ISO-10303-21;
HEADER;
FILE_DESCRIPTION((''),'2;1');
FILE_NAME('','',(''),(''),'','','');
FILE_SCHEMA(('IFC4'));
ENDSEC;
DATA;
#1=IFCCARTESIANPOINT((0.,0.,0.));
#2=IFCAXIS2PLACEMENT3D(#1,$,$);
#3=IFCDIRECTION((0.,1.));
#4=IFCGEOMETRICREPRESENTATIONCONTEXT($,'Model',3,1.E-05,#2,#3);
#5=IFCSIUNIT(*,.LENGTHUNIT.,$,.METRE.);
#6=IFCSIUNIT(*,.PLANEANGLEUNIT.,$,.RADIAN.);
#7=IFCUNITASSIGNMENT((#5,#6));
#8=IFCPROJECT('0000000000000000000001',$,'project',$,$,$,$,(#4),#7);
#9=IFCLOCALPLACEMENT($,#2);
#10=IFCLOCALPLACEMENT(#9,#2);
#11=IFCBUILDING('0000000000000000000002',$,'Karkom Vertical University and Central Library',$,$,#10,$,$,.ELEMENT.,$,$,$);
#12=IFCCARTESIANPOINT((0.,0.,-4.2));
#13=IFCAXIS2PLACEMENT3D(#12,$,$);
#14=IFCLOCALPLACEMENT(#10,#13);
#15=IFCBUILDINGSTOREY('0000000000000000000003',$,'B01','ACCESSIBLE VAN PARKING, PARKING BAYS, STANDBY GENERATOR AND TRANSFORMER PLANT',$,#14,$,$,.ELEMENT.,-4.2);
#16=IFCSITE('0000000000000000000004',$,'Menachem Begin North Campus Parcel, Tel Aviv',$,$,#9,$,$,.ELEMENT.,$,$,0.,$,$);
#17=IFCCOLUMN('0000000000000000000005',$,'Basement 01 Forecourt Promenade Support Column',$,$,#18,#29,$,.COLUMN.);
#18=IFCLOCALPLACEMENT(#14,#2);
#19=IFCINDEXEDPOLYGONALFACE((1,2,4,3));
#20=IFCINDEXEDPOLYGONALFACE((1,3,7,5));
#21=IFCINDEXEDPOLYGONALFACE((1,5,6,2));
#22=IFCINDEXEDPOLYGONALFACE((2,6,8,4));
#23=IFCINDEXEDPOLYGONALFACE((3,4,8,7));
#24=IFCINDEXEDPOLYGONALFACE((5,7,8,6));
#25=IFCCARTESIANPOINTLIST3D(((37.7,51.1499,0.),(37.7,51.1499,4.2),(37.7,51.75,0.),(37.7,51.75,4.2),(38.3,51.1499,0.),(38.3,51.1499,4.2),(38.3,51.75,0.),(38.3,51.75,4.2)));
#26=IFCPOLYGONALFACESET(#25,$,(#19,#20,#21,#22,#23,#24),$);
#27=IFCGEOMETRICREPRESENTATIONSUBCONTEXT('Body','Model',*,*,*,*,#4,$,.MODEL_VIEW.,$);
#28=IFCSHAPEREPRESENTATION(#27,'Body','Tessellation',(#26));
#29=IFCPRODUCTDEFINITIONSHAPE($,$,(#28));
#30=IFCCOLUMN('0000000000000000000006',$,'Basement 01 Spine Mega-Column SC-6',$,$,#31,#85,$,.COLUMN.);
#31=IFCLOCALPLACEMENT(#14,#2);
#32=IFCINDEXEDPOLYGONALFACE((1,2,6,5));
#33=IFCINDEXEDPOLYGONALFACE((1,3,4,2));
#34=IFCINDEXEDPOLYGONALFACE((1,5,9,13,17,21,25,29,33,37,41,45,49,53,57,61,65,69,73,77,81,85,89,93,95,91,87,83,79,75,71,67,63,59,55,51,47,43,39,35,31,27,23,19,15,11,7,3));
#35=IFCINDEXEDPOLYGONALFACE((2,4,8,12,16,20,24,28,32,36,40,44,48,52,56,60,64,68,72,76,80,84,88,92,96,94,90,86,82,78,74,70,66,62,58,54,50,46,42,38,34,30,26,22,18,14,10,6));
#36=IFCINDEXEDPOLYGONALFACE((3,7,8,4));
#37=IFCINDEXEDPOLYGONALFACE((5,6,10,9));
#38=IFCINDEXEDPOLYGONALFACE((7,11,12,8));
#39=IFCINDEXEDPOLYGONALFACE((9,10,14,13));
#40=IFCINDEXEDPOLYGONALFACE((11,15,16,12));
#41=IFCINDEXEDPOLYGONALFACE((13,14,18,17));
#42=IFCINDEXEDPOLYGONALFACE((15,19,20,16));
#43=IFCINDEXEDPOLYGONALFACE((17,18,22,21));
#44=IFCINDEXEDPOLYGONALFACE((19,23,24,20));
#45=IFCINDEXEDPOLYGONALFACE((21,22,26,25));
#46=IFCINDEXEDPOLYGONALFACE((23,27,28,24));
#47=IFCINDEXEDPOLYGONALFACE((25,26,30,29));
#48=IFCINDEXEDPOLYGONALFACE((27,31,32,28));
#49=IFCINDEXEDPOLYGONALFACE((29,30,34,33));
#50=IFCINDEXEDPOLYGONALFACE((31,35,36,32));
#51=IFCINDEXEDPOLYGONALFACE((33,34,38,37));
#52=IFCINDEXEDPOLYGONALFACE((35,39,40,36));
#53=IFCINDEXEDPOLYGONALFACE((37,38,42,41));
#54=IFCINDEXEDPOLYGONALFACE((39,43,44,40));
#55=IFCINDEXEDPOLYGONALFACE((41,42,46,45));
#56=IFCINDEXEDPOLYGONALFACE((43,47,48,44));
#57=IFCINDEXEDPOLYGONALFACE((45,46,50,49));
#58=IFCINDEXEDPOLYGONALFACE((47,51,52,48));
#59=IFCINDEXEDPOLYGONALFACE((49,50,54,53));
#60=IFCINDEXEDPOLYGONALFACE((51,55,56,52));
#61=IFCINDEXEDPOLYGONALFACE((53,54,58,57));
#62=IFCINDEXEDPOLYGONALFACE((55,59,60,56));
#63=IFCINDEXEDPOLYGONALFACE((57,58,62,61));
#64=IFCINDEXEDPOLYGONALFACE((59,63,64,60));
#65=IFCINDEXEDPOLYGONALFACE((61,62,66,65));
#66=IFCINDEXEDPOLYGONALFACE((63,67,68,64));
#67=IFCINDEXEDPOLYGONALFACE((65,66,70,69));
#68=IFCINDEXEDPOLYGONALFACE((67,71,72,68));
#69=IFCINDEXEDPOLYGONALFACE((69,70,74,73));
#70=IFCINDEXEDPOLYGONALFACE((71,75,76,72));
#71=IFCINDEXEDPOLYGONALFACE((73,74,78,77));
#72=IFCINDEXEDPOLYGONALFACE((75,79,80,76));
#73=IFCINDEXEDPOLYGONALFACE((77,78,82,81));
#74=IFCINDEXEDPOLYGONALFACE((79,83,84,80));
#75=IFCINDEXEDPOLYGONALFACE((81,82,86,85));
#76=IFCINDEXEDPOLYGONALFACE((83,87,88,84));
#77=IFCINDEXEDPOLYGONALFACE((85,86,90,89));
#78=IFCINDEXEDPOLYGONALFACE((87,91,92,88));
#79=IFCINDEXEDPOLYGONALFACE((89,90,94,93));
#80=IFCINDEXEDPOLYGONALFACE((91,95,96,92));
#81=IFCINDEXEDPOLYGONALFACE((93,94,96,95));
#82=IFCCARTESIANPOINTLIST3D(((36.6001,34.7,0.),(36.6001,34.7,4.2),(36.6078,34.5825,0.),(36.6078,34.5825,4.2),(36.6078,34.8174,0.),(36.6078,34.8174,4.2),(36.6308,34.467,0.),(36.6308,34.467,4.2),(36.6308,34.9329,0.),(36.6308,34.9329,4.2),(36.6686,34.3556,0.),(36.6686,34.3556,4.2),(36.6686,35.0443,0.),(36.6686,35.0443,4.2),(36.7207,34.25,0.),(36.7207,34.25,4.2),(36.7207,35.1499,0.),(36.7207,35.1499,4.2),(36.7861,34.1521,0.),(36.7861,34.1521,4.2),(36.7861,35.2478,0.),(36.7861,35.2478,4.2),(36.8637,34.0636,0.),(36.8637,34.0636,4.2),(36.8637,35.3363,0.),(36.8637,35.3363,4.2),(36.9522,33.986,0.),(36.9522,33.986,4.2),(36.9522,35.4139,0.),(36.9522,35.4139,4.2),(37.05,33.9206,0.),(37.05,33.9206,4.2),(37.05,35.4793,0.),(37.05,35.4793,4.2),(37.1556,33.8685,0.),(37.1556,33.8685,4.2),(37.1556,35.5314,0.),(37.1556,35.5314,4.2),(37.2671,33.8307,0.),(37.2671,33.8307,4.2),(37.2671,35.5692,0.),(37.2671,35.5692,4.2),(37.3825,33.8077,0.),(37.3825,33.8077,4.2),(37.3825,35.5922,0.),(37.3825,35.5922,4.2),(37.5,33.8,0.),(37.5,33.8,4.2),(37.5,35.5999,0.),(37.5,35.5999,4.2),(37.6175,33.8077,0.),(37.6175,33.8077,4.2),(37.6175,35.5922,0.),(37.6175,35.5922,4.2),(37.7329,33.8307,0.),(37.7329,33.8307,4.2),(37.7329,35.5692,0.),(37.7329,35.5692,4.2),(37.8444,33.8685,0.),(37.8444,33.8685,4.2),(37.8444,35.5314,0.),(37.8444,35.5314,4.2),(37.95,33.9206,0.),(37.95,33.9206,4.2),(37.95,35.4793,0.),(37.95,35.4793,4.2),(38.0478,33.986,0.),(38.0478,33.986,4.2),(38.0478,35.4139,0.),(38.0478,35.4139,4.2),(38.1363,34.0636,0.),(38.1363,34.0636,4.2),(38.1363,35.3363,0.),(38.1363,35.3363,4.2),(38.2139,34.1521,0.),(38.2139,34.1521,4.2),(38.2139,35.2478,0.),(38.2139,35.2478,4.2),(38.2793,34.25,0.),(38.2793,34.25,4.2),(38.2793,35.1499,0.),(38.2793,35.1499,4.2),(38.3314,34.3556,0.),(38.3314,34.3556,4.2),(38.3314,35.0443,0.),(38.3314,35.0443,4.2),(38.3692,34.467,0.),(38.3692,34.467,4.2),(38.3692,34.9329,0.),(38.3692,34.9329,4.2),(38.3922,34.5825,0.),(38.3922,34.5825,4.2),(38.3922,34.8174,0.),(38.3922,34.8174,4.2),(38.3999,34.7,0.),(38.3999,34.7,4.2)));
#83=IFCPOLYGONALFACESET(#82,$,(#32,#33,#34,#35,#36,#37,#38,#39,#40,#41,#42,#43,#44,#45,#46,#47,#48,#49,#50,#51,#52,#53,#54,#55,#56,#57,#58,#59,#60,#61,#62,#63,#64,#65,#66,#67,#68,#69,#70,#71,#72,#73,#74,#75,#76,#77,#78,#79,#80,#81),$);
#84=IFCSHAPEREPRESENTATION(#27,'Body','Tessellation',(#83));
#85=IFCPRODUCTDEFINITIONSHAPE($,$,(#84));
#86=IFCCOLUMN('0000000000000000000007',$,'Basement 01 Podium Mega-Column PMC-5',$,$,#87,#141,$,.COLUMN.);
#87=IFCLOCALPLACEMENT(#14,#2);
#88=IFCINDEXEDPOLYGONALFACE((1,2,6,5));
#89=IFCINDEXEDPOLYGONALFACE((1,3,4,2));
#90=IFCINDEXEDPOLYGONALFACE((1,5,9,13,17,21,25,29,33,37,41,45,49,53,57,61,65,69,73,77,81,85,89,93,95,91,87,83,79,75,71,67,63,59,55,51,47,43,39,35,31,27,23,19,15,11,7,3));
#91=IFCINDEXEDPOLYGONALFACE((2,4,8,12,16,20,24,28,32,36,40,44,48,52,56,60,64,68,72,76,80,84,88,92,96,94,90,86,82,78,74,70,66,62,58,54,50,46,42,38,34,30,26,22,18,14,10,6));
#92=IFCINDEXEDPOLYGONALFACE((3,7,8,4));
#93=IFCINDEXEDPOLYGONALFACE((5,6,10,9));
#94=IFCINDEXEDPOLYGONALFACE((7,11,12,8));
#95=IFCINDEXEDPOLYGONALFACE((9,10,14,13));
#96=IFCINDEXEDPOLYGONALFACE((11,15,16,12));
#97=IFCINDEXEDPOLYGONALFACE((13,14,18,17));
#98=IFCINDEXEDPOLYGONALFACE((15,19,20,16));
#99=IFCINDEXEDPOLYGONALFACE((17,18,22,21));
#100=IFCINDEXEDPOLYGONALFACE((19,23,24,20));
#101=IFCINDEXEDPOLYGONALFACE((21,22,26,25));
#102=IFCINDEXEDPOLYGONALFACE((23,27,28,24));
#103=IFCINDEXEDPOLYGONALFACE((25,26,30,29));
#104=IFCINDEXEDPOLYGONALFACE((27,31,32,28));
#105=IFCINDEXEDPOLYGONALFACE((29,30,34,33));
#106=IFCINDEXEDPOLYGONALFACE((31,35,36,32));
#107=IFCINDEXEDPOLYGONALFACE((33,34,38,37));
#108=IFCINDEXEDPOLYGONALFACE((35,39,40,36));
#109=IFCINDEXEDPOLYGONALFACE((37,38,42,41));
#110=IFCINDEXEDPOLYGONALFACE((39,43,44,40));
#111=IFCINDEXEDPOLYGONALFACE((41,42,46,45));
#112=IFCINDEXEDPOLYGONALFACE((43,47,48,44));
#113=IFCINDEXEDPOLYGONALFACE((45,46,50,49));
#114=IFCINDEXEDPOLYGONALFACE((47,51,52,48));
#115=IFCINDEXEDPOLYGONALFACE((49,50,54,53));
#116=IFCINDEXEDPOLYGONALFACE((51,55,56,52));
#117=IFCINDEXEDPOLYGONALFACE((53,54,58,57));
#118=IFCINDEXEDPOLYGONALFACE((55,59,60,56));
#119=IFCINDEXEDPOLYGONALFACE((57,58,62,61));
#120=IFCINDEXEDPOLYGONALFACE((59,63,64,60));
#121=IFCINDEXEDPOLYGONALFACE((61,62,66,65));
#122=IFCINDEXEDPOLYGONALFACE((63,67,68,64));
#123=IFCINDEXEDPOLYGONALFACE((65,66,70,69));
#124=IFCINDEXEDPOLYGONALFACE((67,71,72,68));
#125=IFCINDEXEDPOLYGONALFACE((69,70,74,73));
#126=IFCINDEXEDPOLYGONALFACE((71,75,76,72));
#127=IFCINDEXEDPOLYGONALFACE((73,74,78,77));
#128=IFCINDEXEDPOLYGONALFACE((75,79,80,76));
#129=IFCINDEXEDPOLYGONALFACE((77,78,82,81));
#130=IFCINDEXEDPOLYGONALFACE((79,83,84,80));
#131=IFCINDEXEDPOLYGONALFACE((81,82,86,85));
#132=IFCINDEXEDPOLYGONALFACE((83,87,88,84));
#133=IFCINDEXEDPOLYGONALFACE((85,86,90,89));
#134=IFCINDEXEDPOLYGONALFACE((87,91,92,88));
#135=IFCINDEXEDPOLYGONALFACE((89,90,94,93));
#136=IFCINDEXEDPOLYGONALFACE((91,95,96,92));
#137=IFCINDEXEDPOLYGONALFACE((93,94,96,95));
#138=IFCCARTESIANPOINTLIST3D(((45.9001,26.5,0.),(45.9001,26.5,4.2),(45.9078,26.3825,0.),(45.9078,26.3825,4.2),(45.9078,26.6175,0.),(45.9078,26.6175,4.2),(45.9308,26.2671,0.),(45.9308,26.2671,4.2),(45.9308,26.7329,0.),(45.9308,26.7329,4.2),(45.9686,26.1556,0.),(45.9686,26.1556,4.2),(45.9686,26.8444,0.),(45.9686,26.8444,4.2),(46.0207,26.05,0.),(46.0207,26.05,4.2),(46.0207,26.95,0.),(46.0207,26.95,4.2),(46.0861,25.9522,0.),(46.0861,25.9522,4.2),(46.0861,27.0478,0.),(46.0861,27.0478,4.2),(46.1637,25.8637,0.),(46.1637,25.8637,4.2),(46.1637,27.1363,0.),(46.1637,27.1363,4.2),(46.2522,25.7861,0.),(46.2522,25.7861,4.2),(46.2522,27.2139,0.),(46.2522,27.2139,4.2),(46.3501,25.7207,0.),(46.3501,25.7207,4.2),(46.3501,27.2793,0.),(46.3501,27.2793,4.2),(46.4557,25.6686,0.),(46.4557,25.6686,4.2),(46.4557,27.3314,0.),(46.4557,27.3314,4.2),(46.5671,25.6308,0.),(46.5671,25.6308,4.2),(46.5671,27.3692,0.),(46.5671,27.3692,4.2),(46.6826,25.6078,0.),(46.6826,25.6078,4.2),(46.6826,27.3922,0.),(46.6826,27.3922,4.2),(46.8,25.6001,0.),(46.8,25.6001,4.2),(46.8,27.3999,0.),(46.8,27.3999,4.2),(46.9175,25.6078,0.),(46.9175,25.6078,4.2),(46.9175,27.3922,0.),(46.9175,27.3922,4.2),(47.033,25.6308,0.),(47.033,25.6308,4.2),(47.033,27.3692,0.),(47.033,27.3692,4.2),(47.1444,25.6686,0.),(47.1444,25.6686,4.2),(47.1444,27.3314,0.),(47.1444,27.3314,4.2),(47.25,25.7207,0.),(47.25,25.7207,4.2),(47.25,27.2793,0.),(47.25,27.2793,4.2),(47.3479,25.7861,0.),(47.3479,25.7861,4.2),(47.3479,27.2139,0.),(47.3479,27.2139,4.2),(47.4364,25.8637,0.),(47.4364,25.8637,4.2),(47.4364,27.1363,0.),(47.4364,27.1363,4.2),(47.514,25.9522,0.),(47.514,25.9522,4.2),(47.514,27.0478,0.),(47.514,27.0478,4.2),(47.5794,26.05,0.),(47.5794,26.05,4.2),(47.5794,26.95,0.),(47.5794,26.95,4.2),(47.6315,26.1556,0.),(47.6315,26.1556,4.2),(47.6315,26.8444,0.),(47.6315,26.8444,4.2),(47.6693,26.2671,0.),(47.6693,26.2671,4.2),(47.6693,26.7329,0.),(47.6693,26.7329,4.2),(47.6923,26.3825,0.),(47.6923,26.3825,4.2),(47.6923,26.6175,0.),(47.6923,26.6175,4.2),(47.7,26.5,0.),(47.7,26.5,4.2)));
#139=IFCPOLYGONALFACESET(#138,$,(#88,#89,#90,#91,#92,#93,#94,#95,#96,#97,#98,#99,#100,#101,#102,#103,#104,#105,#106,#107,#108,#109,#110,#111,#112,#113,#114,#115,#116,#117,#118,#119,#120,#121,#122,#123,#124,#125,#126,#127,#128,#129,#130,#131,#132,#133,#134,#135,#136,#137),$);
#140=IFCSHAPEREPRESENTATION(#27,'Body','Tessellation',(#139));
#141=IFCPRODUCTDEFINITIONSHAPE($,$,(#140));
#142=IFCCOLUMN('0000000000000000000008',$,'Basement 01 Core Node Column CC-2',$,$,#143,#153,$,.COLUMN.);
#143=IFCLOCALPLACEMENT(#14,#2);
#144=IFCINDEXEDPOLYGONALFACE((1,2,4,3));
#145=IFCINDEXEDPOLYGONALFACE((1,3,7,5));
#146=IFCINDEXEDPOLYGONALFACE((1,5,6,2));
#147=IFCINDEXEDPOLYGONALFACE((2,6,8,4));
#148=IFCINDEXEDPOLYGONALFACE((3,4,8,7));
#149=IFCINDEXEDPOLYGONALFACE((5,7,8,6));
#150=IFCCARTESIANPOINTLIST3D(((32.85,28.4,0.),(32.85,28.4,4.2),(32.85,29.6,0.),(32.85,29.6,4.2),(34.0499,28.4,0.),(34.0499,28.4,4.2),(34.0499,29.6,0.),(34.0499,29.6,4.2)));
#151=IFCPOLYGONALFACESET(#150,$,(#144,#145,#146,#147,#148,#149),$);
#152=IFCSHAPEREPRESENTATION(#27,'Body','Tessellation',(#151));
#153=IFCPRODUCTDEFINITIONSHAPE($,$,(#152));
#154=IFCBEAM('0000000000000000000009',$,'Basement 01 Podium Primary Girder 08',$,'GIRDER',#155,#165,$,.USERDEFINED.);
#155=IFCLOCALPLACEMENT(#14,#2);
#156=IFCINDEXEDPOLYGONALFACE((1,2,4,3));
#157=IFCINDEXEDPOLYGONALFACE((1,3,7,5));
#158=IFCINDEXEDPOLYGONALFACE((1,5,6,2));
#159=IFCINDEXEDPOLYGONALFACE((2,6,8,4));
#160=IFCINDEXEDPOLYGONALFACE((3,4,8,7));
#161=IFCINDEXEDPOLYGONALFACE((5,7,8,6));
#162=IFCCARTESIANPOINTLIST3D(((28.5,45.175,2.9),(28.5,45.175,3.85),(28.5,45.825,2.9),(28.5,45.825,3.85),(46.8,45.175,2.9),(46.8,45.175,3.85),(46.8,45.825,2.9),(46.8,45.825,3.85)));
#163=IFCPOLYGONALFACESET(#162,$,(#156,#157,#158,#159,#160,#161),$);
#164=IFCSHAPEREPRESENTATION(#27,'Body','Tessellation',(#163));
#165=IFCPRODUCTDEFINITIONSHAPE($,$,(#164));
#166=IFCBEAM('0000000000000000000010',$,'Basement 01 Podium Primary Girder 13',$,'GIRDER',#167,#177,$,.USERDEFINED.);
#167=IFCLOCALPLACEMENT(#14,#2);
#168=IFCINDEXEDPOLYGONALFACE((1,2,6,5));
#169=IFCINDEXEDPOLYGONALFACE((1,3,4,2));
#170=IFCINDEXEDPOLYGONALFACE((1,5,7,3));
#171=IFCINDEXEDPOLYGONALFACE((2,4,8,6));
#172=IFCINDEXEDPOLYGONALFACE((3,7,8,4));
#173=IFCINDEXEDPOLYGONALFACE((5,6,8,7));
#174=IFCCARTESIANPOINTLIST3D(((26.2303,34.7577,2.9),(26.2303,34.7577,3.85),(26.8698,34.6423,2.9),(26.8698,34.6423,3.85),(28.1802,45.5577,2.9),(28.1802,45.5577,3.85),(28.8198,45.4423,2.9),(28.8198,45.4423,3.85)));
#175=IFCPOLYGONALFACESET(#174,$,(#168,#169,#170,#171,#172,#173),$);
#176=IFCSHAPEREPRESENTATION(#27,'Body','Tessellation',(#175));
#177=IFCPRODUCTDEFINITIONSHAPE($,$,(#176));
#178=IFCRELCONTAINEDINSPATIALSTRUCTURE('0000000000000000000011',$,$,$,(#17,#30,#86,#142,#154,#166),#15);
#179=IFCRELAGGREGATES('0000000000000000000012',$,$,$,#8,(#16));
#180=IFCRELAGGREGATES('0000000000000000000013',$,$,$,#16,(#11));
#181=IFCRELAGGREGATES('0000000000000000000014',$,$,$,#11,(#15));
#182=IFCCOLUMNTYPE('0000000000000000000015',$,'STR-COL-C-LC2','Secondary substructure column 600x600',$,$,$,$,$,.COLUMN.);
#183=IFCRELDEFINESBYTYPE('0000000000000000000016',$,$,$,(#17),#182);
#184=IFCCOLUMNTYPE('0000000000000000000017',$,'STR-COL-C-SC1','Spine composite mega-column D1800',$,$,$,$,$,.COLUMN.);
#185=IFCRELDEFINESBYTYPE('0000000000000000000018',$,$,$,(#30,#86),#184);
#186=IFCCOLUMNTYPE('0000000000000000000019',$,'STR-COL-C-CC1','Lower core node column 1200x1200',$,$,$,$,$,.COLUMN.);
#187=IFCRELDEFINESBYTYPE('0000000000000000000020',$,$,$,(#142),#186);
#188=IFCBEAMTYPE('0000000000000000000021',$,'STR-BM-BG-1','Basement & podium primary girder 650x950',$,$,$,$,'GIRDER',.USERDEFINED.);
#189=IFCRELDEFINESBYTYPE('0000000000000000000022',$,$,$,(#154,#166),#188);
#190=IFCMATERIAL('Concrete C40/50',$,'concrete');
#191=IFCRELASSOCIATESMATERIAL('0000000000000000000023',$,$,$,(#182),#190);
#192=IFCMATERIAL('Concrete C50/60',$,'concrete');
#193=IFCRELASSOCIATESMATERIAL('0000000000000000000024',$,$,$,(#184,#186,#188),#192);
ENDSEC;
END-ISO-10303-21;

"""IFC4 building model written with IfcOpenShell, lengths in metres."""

from ifc_helpers import new_model, si_unit, direction, frame, origin, origin_with_axes, origin_2d, place, context, subcontext, project, spatial, rectangle, circle, extrude, source, transform, mapped, material, material_profile, profile_set, type_object, element, save


model = new_model("IFC4")

# Units and contexts
model_context = context("Model", 3, precision=1e-05, world=origin(), true_north=direction((0.0, 1.0)))
body_context = subcontext(model_context, "Body", "Model", "MODEL_VIEW")
ifc_project = project(units=[si_unit("LENGTHUNIT", "METRE"), si_unit("PLANEANGLEUNIT", "RADIAN")], contexts=[model_context])

# Site, building, storey
site_placement = place(None, origin())
site = spatial("IfcSite", under=ifc_project, at=site_placement, Name="Menachem Begin North Campus Parcel, Tel Aviv", CompositionType="ELEMENT", RefElevation=0.0)
building_placement = place(site_placement, origin())
building = spatial("IfcBuilding", under=site, at=building_placement, Name="Karkom Vertical University and Central Library", CompositionType="ELEMENT")
storey_placement = place(building_placement, frame((0.0, 0.0, -4.2)))
storey = spatial("IfcBuildingStorey", under=building, at=storey_placement, Name="B01", Description="ACCESSIBLE VAN PARKING, PARKING BAYS, STANDBY GENERATOR AND TRANSFORMER PLANT", CompositionType="ELEMENT", Elevation=-4.2)

# Columns
ifc_material_1 = material(Name="Concrete C40/50", Category="concrete")
ifc_material_profile_1 = material_profile(ifc_material_1, rectangle(XDim=0.6001, YDim=0.6001, at=origin_2d()), Name="RC-600x600")
ifc_profile_set_1 = profile_set([ifc_material_profile_1], Name="Concrete C40/50")
column_type_1 = type_object("IfcColumnType", Name="STR-COL-C-LC2", Description="Secondary substructure column 600x600", PredefinedType="COLUMN", material=ifc_profile_set_1)
shared_shape_1 = source(origin_with_axes(), body_context, "Body", "SweptSolid", [
    extrude(rectangle(XDim=0.6001, YDim=0.6001, at=origin_2d()), origin(), (0.0, 0.0, 1.0), 4.2),
])
column_1_placement = place(storey_placement, frame((38.0, 51.45, 0.0), z_axis=(0.0, 0.0, 1.0), x_axis=(1.0, 0.0, 0.0)))
element("IfcColumn", 1, at=column_1_placement, inside=storey, type_object=column_type_1, Name="Basement 01 Forecourt Promenade Support Column", PredefinedType="COLUMN", context=body_context, shape_type="MappedRepresentation", body=[
    mapped(shared_shape_1, transform((0.0, 0.0, 0.0), scale=1.0)),
])
ifc_material_2 = material(Name="Concrete C50/60", Category="concrete")
ifc_material_profile_2 = material_profile(ifc_material_2, circle(Radius=0.8999, at=origin_2d()), Name="CFT-D1800")
ifc_profile_set_2 = profile_set([ifc_material_profile_2], Name="Concrete C50/60")
column_type_2 = type_object("IfcColumnType", Name="STR-COL-C-SC1", Description="Spine composite mega-column D1800", PredefinedType="COLUMN", material=ifc_profile_set_2)
shared_shape_2 = source(origin_with_axes(), body_context, "Body", "SweptSolid", [
    extrude(circle(Radius=0.8999, at=origin_2d()), origin(), (0.0, 0.0, 1.0), 4.2),
])
for number, where, z_axis, x_axis, name in (
    (2, (37.5, 34.7, 0.0), (0.0, 0.0, 1.0), (1.0, 0.0, 0.0), "Basement 01 Spine Mega-Column SC-6"),
    (3, (46.8, 26.5, 0.0), (0.0, 0.0, 1.0), (1.0, 0.0, 0.0), "Basement 01 Podium Mega-Column PMC-5"),
):
    element("IfcColumn", number, at=place(storey_placement, frame(where, z_axis=z_axis, x_axis=x_axis)), inside=storey, type_object=column_type_2, Name=name, PredefinedType="COLUMN", context=body_context, shape_type="MappedRepresentation", body=[
        mapped(shared_shape_2, transform((0.0, 0.0, 0.0), scale=1.0)),
    ])
ifc_material_profile_3 = material_profile(ifc_material_2, rectangle(XDim=1.2, YDim=1.2, at=origin_2d()), Name="RC-1200x1200")
ifc_profile_set_3 = profile_set([ifc_material_profile_3], Name="Concrete C50/60")
column_type_3 = type_object("IfcColumnType", Name="STR-COL-C-CC1", Description="Lower core node column 1200x1200", PredefinedType="COLUMN", material=ifc_profile_set_3)
shared_shape_3 = source(origin_with_axes(), body_context, "Body", "SweptSolid", [
    extrude(rectangle(XDim=1.2, YDim=1.2, at=origin_2d()), origin(), (0.0, 0.0, 1.0), 4.2),
])
column_2_placement = place(storey_placement, frame((33.45, 29.0, 0.0), z_axis=(0.0, 0.0, 1.0), x_axis=(1.0, 0.0, 0.0)))
element("IfcColumn", 4, at=column_2_placement, inside=storey, type_object=column_type_3, Name="Basement 01 Core Node Column CC-2", PredefinedType="COLUMN", context=body_context, shape_type="MappedRepresentation", body=[
    mapped(shared_shape_3, transform((0.0, 0.0, 0.0), scale=1.0)),
])

# Beams
ifc_material_profile_4 = material_profile(ifc_material_2, rectangle(XDim=0.6499, YDim=0.95, at=origin_2d()), Name="RCG-650x950")
ifc_profile_set_4 = profile_set([ifc_material_profile_4], Name="Concrete C50/60")
beam_type = type_object("IfcBeamType", Name="STR-BM-BG-1", Description="Basement & podium primary girder 650x950", ElementType="GIRDER", PredefinedType="USERDEFINED", material=ifc_profile_set_4)
shared_shape_4 = source(origin_with_axes(), body_context, "Body", "SweptSolid", [
    extrude(rectangle(XDim=0.6499, YDim=0.95, at=origin_2d()), origin(), (0.0, 0.0, 1.0), 18.3),
])
beam_1_placement = place(storey_placement, frame((28.5, 45.5, 3.375), z_axis=(1.0, 0.0, 0.0), x_axis=(0.0, 1.0, 0.0)))
element("IfcBeam", 5, at=beam_1_placement, inside=storey, type_object=beam_type, Name="Basement 01 Podium Primary Girder 08", ObjectType="GIRDER", PredefinedType="USERDEFINED", context=body_context, shape_type="MappedRepresentation", body=[
    mapped(shared_shape_4, transform((0.0, 0.0, 0.0), scale=1.0)),
])
shared_shape_5 = source(origin_with_axes(), body_context, "Body", "SweptSolid", [
    extrude(rectangle(XDim=0.6499, YDim=0.95, at=origin_2d()), origin(), (0.0, 0.0, 1.0), 10.9746),
])
beam_2_placement = place(storey_placement, frame((28.5, 45.5, 3.375), z_axis=(-0.177677, -0.984089, 0.0), x_axis=(0.984089, -0.177677, 0.0)))
element("IfcBeam", 6, at=beam_2_placement, inside=storey, type_object=beam_type, Name="Basement 01 Podium Primary Girder 13", ObjectType="GIRDER", PredefinedType="USERDEFINED", context=body_context, shape_type="MappedRepresentation", body=[
    mapped(shared_shape_5, transform((0.0, 0.0, 0.0), scale=1.0)),
])

save(model, "model.ifc")
